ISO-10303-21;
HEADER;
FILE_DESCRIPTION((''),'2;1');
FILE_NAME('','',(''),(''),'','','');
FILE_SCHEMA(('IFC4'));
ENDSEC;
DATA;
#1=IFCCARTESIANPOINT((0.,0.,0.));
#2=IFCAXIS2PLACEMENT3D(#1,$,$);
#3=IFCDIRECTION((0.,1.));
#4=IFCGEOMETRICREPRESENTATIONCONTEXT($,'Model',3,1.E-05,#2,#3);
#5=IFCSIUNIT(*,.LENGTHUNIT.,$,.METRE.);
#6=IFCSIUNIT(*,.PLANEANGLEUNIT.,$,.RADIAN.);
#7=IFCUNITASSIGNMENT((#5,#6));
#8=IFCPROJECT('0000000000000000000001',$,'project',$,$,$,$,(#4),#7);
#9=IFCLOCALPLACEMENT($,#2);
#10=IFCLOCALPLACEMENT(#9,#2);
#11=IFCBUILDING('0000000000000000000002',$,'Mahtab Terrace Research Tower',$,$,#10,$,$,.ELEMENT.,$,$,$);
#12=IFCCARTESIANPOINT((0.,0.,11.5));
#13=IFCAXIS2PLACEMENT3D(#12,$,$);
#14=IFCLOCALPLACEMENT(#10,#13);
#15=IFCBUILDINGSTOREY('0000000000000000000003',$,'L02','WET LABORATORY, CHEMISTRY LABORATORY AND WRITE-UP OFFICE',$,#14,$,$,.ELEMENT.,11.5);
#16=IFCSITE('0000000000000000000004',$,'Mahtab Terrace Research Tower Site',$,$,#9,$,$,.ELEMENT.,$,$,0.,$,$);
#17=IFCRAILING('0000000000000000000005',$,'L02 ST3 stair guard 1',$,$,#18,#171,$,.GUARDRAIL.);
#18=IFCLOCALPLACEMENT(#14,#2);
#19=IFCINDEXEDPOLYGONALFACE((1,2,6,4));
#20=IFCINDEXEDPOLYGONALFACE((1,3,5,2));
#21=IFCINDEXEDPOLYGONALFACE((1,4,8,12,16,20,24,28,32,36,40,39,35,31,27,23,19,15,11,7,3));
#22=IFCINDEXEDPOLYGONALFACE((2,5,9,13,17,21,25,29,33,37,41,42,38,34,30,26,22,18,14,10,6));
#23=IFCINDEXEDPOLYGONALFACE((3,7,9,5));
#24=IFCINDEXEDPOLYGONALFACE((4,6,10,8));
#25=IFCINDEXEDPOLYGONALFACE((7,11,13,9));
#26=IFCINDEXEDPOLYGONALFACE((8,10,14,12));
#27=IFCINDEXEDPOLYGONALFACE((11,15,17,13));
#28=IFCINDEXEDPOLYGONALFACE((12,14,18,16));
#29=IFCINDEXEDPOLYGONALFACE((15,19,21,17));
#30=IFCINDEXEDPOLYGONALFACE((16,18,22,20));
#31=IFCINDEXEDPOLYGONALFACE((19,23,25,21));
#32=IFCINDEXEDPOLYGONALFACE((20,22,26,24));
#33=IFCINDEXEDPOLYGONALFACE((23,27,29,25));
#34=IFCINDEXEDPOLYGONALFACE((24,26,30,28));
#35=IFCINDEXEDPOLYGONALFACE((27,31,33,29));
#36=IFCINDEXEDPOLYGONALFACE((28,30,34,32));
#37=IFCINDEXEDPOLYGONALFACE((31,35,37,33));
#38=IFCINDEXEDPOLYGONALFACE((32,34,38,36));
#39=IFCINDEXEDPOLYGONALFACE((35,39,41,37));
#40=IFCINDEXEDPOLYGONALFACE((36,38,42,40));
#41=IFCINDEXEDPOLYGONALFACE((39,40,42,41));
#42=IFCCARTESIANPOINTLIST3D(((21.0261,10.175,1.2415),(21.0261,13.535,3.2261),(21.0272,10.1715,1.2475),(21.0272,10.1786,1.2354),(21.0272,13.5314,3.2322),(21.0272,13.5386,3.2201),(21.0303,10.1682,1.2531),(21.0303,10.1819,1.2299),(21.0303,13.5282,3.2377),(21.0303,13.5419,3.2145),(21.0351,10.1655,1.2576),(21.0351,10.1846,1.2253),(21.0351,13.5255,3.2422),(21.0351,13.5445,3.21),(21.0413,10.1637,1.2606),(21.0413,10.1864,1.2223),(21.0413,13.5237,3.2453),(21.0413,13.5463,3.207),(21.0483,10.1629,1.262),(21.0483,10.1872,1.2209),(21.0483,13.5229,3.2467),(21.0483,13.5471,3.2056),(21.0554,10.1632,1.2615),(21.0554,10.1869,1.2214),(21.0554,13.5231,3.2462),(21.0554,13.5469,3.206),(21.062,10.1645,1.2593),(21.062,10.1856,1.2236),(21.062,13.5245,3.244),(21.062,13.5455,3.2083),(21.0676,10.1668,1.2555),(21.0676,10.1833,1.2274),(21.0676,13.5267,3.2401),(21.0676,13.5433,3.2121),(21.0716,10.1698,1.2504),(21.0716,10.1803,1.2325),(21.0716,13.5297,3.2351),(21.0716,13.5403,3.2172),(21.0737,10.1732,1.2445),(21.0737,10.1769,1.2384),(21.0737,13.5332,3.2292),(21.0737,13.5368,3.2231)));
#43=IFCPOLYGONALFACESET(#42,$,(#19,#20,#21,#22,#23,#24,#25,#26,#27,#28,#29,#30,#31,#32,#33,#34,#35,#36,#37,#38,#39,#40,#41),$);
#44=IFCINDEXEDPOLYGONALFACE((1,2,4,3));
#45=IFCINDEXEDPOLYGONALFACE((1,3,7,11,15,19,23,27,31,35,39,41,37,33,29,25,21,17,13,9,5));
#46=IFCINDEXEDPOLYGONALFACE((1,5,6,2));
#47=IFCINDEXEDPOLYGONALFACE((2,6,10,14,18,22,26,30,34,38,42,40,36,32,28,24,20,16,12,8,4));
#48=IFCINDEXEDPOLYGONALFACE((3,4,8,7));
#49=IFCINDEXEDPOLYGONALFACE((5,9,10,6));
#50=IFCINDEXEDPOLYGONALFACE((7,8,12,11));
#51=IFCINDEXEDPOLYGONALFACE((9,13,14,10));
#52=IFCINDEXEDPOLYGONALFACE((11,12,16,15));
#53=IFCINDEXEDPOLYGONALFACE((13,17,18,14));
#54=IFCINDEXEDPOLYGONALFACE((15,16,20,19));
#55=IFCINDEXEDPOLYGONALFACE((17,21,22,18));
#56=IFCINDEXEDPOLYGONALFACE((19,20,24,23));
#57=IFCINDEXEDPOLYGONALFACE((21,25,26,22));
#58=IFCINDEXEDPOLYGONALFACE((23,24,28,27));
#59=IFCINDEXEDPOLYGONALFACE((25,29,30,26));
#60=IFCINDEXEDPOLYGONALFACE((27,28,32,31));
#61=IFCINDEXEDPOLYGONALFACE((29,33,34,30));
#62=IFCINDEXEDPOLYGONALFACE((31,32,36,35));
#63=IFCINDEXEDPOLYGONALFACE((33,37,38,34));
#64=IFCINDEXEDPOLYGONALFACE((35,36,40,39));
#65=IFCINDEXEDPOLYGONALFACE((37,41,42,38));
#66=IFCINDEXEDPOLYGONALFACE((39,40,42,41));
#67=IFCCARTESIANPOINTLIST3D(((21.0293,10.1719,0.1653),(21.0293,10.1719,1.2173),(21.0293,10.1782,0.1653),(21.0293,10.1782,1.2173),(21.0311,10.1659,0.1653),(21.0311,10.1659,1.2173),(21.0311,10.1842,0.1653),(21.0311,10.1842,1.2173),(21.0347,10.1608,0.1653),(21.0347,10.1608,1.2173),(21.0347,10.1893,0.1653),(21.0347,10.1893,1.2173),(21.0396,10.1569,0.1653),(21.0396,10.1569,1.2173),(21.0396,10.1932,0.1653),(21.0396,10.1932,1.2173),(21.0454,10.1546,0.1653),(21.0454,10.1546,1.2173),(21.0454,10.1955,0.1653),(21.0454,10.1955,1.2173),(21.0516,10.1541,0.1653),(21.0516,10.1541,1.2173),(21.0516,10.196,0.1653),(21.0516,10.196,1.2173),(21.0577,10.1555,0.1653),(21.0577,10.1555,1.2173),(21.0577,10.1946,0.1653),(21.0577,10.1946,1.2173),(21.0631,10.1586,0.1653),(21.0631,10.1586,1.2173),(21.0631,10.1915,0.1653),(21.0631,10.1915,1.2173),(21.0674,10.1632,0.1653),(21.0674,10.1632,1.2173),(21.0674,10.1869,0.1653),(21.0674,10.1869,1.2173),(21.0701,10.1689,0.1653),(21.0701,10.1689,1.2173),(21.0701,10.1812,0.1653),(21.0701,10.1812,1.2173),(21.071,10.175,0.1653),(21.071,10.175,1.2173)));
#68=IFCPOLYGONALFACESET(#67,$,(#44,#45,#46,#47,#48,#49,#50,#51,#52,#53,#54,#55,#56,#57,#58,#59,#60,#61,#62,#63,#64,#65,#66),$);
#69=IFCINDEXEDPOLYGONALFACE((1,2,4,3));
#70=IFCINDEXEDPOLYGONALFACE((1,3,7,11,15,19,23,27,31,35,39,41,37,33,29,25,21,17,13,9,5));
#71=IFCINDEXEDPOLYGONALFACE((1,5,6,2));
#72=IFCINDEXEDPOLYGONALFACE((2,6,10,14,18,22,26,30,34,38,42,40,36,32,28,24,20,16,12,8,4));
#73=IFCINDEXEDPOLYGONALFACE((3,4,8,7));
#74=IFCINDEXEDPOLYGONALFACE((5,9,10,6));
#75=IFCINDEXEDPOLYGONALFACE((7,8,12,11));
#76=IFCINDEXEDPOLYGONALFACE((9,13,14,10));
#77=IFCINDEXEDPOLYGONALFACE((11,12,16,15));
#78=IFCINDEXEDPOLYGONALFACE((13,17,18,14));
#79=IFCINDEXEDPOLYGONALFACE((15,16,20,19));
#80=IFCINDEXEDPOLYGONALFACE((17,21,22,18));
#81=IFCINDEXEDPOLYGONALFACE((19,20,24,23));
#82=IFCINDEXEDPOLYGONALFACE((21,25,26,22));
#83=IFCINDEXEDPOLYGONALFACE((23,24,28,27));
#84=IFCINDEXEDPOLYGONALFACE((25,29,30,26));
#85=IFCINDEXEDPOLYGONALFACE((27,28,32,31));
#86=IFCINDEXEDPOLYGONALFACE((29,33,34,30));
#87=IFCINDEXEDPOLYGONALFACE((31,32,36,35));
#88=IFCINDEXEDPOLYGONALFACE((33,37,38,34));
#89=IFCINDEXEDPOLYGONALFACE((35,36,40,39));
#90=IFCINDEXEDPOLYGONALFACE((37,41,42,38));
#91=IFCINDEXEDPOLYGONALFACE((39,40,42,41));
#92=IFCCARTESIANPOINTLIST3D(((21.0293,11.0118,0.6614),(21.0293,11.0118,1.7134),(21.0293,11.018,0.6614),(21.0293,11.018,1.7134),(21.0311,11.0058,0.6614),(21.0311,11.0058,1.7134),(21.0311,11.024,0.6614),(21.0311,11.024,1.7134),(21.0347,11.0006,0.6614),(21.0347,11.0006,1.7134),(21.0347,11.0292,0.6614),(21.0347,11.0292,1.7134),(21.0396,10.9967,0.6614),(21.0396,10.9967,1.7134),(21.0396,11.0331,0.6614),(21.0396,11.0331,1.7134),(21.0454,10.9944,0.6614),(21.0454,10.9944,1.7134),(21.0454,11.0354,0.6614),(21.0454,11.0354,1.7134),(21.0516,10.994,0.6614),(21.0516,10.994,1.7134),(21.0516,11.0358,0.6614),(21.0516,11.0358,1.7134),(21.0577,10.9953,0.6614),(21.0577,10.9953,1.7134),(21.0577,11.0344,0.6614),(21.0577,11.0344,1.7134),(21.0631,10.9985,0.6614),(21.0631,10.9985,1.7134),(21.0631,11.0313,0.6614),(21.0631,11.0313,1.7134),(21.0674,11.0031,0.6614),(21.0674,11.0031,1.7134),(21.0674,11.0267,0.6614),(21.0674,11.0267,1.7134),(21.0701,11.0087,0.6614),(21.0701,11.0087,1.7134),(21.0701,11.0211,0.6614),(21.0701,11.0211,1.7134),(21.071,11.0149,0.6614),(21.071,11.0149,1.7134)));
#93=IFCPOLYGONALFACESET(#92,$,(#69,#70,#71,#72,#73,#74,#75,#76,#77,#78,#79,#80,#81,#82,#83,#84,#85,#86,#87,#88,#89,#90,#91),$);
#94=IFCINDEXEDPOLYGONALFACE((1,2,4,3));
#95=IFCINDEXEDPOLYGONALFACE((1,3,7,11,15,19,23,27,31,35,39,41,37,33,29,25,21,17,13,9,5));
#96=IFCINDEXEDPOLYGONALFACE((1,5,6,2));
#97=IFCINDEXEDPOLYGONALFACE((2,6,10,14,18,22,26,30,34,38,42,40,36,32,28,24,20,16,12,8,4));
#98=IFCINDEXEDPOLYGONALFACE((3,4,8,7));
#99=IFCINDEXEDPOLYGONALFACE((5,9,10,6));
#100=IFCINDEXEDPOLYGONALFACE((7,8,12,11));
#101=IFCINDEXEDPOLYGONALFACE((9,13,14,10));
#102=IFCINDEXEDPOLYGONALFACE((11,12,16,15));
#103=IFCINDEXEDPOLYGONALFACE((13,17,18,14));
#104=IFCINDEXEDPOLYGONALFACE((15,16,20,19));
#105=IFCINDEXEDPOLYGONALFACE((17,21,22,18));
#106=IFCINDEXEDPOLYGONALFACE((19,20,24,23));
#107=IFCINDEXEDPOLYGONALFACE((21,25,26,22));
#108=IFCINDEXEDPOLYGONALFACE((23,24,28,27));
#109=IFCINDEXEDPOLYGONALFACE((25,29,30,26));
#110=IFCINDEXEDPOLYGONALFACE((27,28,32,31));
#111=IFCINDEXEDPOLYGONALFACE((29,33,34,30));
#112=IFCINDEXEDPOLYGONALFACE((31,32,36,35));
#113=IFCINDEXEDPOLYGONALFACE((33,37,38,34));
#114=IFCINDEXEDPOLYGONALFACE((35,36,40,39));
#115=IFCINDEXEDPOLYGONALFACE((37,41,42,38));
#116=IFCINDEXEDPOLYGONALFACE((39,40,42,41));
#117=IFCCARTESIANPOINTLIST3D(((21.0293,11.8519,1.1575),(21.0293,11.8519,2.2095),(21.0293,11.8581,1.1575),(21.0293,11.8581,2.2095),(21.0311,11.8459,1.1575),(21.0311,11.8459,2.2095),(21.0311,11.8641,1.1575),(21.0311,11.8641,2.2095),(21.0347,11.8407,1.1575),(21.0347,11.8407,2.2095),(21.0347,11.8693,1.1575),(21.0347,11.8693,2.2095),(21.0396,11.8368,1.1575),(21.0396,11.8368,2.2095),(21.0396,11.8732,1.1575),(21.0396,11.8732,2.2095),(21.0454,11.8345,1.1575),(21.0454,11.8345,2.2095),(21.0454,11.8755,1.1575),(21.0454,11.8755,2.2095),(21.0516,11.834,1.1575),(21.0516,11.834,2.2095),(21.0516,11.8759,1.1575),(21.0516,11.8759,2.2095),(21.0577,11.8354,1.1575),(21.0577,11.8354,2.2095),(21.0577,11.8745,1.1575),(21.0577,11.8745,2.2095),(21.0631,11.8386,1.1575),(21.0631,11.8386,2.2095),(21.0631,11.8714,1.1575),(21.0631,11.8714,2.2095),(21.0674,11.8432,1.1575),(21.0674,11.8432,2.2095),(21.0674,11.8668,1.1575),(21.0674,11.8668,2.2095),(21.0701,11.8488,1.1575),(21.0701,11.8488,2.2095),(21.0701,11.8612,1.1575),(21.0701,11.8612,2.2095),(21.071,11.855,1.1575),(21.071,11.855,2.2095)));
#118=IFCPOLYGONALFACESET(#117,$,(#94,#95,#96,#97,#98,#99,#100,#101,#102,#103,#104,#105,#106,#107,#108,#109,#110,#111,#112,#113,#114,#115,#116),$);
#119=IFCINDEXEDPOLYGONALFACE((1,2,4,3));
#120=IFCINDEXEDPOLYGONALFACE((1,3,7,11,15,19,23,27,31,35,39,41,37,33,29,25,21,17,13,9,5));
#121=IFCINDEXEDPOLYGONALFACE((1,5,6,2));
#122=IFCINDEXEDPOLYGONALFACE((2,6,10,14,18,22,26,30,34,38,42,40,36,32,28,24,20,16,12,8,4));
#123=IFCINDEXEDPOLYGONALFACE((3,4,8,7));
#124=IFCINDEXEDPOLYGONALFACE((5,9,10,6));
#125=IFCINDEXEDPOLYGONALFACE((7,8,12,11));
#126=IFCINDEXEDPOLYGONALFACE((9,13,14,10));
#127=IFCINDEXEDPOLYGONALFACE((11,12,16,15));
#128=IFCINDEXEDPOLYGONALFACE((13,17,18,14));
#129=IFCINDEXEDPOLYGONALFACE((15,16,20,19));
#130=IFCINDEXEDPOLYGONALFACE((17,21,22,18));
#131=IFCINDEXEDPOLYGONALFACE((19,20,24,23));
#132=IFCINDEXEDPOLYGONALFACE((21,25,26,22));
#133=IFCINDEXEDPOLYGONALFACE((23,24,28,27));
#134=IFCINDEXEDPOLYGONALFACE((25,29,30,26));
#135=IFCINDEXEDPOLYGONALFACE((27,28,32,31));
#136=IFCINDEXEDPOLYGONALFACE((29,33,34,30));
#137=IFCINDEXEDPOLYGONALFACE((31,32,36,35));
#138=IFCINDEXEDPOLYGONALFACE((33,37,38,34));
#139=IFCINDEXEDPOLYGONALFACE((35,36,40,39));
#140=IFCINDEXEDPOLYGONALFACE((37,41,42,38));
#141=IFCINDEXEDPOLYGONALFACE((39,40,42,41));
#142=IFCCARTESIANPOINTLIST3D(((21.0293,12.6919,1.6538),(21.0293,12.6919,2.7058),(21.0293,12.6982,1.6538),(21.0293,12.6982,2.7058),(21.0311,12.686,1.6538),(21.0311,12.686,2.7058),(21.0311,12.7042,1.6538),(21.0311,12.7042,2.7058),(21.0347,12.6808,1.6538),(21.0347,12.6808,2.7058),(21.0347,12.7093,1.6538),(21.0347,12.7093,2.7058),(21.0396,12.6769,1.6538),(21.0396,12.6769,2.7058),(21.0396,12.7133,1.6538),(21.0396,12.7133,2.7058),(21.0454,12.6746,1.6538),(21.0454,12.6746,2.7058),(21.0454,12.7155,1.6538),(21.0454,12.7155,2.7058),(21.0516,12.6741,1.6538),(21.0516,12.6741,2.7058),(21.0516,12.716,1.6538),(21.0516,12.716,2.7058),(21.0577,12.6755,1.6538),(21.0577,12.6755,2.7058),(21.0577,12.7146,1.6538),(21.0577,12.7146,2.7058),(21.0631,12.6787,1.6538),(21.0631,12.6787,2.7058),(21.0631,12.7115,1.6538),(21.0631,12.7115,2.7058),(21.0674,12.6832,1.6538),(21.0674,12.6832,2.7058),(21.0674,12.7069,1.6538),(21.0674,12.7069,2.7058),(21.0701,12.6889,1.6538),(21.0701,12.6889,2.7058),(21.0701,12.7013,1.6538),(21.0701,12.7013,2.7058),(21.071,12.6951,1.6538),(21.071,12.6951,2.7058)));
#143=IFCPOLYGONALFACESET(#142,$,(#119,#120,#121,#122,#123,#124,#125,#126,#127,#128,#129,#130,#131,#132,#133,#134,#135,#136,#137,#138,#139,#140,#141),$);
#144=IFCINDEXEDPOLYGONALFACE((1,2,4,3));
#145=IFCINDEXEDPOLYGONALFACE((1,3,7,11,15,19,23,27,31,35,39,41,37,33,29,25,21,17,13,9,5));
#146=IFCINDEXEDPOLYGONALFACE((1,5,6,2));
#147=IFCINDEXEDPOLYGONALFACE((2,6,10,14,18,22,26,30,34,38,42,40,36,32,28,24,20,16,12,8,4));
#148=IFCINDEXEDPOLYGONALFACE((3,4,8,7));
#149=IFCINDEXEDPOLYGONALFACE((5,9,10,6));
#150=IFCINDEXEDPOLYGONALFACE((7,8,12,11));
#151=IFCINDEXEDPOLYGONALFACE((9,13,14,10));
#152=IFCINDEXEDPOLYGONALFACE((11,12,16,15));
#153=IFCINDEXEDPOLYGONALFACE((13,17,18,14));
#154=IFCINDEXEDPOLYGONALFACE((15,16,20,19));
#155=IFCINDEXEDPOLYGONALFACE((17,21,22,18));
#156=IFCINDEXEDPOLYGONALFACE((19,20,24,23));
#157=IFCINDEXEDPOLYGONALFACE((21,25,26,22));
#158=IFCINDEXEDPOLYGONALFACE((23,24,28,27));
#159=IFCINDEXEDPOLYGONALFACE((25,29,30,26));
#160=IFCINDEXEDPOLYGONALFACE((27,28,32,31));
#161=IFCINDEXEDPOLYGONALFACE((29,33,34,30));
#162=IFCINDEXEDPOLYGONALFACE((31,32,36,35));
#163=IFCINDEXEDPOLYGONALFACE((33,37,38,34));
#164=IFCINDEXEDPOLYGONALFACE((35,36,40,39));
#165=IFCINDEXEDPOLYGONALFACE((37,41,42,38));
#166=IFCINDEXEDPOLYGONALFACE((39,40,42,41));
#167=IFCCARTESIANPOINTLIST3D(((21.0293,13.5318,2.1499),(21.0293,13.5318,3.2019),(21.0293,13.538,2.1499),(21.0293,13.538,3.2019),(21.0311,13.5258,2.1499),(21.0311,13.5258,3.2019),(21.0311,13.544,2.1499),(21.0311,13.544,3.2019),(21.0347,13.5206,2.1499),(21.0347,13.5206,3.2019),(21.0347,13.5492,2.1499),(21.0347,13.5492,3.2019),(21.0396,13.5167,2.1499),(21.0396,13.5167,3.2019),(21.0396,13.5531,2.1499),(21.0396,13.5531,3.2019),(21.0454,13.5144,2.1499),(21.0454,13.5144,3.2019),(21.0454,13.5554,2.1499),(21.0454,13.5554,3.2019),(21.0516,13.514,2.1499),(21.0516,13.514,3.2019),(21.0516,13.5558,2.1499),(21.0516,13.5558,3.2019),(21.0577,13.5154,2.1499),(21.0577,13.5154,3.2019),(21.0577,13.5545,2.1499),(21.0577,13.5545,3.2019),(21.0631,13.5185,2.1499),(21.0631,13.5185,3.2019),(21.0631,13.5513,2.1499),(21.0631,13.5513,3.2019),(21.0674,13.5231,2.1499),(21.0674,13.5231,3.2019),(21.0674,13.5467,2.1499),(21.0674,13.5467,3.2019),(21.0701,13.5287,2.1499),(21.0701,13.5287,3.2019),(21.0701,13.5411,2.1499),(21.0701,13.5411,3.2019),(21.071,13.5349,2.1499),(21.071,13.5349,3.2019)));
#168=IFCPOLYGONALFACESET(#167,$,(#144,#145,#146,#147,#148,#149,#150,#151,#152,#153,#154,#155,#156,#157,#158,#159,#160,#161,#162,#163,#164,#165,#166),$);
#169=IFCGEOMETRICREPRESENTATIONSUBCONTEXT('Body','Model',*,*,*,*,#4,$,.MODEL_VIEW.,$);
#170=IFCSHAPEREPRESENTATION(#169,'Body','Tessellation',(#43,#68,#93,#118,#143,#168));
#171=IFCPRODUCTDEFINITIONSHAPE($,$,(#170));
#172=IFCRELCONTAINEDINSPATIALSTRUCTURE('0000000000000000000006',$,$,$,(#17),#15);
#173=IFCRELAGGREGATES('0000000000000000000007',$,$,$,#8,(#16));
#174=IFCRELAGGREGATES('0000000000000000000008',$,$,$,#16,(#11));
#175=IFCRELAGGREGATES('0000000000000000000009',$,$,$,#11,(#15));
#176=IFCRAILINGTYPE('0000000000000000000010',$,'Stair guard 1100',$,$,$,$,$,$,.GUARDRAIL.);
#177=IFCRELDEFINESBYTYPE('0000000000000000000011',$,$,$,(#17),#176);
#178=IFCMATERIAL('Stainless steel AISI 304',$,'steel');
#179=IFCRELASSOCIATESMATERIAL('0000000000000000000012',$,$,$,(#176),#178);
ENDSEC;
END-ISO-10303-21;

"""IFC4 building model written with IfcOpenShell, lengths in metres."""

from ifc_helpers import new_model, si_unit, direction, frame, origin, origin_2d, place, context, subcontext, project, spatial, circle, extrude, material, type_object, element, save


model = new_model("IFC4")

# Units and contexts
model_context = context("Model", 3, precision=1e-05, world=origin(), true_north=direction((0.0, 1.0)))
body_context = subcontext(model_context, "Body", "Model", "MODEL_VIEW")
ifc_project = project(units=[si_unit("LENGTHUNIT", "METRE"), si_unit("PLANEANGLEUNIT", "RADIAN")], contexts=[model_context])

# Site, building, storey
site_placement = place(None, origin())
site = spatial("IfcSite", under=ifc_project, at=site_placement, Name="Mahtab Terrace Research Tower Site", CompositionType="ELEMENT", RefElevation=0.0)
building_placement = place(site_placement, origin())
building = spatial("IfcBuilding", under=site, at=building_placement, Name="Mahtab Terrace Research Tower", CompositionType="ELEMENT")
storey_placement = place(building_placement, frame((0.0, 0.0, 11.5)))
storey = spatial("IfcBuildingStorey", under=building, at=storey_placement, Name="L02", Description="WET LABORATORY, CHEMISTRY LABORATORY AND WRITE-UP OFFICE", CompositionType="ELEMENT", Elevation=11.5)

# Railing
ifc_material_1 = material(Name="Stainless steel AISI 304", Category="steel")
railing_type_1 = type_object("IfcRailingType", Name="Stair guard 1100", PredefinedType="GUARDRAIL", material=ifc_material_1)
railing_1_placement = place(storey_placement, frame((21.05, 10.175, 0.1653)))
element("IfcRailing", 1, at=railing_1_placement, inside=storey, type_object=railing_type_1, Name="L02 ST3 stair guard 1", PredefinedType="GUARDRAIL", context=body_context, shape_type="SweptSolid", body=[
    extrude(circle(Radius=0.0239, at=origin_2d()), frame((0.0, 0.0, 1.0762), z_axis=(0.0, 0.861011, 0.508586), x_axis=(-1.0, 0.0, 0.0)), (0.0, 0.0, 1.0), 3.9023),
    extrude(circle(Radius=0.021, at=origin_2d()), origin(), (0.0, 0.0, 1.0), 1.052),
    extrude(circle(Radius=0.021, at=origin_2d()), frame((0.0, 0.8398, 0.4961)), (0.0, 0.0, 1.0), 1.052),
    extrude(circle(Radius=0.021, at=origin_2d()), frame((0.0, 1.6799, 0.9922)), (0.0, 0.0, 1.0), 1.052),
    extrude(circle(Radius=0.021, at=origin_2d()), frame((0.0, 2.52, 1.4885)), (0.0, 0.0, 1.0), 1.052),
    extrude(circle(Radius=0.021, at=origin_2d()), frame((0.0, 3.3599, 1.9846)), (0.0, 0.0, 1.0), 1.052),
])

save(model, "model.ifc")
